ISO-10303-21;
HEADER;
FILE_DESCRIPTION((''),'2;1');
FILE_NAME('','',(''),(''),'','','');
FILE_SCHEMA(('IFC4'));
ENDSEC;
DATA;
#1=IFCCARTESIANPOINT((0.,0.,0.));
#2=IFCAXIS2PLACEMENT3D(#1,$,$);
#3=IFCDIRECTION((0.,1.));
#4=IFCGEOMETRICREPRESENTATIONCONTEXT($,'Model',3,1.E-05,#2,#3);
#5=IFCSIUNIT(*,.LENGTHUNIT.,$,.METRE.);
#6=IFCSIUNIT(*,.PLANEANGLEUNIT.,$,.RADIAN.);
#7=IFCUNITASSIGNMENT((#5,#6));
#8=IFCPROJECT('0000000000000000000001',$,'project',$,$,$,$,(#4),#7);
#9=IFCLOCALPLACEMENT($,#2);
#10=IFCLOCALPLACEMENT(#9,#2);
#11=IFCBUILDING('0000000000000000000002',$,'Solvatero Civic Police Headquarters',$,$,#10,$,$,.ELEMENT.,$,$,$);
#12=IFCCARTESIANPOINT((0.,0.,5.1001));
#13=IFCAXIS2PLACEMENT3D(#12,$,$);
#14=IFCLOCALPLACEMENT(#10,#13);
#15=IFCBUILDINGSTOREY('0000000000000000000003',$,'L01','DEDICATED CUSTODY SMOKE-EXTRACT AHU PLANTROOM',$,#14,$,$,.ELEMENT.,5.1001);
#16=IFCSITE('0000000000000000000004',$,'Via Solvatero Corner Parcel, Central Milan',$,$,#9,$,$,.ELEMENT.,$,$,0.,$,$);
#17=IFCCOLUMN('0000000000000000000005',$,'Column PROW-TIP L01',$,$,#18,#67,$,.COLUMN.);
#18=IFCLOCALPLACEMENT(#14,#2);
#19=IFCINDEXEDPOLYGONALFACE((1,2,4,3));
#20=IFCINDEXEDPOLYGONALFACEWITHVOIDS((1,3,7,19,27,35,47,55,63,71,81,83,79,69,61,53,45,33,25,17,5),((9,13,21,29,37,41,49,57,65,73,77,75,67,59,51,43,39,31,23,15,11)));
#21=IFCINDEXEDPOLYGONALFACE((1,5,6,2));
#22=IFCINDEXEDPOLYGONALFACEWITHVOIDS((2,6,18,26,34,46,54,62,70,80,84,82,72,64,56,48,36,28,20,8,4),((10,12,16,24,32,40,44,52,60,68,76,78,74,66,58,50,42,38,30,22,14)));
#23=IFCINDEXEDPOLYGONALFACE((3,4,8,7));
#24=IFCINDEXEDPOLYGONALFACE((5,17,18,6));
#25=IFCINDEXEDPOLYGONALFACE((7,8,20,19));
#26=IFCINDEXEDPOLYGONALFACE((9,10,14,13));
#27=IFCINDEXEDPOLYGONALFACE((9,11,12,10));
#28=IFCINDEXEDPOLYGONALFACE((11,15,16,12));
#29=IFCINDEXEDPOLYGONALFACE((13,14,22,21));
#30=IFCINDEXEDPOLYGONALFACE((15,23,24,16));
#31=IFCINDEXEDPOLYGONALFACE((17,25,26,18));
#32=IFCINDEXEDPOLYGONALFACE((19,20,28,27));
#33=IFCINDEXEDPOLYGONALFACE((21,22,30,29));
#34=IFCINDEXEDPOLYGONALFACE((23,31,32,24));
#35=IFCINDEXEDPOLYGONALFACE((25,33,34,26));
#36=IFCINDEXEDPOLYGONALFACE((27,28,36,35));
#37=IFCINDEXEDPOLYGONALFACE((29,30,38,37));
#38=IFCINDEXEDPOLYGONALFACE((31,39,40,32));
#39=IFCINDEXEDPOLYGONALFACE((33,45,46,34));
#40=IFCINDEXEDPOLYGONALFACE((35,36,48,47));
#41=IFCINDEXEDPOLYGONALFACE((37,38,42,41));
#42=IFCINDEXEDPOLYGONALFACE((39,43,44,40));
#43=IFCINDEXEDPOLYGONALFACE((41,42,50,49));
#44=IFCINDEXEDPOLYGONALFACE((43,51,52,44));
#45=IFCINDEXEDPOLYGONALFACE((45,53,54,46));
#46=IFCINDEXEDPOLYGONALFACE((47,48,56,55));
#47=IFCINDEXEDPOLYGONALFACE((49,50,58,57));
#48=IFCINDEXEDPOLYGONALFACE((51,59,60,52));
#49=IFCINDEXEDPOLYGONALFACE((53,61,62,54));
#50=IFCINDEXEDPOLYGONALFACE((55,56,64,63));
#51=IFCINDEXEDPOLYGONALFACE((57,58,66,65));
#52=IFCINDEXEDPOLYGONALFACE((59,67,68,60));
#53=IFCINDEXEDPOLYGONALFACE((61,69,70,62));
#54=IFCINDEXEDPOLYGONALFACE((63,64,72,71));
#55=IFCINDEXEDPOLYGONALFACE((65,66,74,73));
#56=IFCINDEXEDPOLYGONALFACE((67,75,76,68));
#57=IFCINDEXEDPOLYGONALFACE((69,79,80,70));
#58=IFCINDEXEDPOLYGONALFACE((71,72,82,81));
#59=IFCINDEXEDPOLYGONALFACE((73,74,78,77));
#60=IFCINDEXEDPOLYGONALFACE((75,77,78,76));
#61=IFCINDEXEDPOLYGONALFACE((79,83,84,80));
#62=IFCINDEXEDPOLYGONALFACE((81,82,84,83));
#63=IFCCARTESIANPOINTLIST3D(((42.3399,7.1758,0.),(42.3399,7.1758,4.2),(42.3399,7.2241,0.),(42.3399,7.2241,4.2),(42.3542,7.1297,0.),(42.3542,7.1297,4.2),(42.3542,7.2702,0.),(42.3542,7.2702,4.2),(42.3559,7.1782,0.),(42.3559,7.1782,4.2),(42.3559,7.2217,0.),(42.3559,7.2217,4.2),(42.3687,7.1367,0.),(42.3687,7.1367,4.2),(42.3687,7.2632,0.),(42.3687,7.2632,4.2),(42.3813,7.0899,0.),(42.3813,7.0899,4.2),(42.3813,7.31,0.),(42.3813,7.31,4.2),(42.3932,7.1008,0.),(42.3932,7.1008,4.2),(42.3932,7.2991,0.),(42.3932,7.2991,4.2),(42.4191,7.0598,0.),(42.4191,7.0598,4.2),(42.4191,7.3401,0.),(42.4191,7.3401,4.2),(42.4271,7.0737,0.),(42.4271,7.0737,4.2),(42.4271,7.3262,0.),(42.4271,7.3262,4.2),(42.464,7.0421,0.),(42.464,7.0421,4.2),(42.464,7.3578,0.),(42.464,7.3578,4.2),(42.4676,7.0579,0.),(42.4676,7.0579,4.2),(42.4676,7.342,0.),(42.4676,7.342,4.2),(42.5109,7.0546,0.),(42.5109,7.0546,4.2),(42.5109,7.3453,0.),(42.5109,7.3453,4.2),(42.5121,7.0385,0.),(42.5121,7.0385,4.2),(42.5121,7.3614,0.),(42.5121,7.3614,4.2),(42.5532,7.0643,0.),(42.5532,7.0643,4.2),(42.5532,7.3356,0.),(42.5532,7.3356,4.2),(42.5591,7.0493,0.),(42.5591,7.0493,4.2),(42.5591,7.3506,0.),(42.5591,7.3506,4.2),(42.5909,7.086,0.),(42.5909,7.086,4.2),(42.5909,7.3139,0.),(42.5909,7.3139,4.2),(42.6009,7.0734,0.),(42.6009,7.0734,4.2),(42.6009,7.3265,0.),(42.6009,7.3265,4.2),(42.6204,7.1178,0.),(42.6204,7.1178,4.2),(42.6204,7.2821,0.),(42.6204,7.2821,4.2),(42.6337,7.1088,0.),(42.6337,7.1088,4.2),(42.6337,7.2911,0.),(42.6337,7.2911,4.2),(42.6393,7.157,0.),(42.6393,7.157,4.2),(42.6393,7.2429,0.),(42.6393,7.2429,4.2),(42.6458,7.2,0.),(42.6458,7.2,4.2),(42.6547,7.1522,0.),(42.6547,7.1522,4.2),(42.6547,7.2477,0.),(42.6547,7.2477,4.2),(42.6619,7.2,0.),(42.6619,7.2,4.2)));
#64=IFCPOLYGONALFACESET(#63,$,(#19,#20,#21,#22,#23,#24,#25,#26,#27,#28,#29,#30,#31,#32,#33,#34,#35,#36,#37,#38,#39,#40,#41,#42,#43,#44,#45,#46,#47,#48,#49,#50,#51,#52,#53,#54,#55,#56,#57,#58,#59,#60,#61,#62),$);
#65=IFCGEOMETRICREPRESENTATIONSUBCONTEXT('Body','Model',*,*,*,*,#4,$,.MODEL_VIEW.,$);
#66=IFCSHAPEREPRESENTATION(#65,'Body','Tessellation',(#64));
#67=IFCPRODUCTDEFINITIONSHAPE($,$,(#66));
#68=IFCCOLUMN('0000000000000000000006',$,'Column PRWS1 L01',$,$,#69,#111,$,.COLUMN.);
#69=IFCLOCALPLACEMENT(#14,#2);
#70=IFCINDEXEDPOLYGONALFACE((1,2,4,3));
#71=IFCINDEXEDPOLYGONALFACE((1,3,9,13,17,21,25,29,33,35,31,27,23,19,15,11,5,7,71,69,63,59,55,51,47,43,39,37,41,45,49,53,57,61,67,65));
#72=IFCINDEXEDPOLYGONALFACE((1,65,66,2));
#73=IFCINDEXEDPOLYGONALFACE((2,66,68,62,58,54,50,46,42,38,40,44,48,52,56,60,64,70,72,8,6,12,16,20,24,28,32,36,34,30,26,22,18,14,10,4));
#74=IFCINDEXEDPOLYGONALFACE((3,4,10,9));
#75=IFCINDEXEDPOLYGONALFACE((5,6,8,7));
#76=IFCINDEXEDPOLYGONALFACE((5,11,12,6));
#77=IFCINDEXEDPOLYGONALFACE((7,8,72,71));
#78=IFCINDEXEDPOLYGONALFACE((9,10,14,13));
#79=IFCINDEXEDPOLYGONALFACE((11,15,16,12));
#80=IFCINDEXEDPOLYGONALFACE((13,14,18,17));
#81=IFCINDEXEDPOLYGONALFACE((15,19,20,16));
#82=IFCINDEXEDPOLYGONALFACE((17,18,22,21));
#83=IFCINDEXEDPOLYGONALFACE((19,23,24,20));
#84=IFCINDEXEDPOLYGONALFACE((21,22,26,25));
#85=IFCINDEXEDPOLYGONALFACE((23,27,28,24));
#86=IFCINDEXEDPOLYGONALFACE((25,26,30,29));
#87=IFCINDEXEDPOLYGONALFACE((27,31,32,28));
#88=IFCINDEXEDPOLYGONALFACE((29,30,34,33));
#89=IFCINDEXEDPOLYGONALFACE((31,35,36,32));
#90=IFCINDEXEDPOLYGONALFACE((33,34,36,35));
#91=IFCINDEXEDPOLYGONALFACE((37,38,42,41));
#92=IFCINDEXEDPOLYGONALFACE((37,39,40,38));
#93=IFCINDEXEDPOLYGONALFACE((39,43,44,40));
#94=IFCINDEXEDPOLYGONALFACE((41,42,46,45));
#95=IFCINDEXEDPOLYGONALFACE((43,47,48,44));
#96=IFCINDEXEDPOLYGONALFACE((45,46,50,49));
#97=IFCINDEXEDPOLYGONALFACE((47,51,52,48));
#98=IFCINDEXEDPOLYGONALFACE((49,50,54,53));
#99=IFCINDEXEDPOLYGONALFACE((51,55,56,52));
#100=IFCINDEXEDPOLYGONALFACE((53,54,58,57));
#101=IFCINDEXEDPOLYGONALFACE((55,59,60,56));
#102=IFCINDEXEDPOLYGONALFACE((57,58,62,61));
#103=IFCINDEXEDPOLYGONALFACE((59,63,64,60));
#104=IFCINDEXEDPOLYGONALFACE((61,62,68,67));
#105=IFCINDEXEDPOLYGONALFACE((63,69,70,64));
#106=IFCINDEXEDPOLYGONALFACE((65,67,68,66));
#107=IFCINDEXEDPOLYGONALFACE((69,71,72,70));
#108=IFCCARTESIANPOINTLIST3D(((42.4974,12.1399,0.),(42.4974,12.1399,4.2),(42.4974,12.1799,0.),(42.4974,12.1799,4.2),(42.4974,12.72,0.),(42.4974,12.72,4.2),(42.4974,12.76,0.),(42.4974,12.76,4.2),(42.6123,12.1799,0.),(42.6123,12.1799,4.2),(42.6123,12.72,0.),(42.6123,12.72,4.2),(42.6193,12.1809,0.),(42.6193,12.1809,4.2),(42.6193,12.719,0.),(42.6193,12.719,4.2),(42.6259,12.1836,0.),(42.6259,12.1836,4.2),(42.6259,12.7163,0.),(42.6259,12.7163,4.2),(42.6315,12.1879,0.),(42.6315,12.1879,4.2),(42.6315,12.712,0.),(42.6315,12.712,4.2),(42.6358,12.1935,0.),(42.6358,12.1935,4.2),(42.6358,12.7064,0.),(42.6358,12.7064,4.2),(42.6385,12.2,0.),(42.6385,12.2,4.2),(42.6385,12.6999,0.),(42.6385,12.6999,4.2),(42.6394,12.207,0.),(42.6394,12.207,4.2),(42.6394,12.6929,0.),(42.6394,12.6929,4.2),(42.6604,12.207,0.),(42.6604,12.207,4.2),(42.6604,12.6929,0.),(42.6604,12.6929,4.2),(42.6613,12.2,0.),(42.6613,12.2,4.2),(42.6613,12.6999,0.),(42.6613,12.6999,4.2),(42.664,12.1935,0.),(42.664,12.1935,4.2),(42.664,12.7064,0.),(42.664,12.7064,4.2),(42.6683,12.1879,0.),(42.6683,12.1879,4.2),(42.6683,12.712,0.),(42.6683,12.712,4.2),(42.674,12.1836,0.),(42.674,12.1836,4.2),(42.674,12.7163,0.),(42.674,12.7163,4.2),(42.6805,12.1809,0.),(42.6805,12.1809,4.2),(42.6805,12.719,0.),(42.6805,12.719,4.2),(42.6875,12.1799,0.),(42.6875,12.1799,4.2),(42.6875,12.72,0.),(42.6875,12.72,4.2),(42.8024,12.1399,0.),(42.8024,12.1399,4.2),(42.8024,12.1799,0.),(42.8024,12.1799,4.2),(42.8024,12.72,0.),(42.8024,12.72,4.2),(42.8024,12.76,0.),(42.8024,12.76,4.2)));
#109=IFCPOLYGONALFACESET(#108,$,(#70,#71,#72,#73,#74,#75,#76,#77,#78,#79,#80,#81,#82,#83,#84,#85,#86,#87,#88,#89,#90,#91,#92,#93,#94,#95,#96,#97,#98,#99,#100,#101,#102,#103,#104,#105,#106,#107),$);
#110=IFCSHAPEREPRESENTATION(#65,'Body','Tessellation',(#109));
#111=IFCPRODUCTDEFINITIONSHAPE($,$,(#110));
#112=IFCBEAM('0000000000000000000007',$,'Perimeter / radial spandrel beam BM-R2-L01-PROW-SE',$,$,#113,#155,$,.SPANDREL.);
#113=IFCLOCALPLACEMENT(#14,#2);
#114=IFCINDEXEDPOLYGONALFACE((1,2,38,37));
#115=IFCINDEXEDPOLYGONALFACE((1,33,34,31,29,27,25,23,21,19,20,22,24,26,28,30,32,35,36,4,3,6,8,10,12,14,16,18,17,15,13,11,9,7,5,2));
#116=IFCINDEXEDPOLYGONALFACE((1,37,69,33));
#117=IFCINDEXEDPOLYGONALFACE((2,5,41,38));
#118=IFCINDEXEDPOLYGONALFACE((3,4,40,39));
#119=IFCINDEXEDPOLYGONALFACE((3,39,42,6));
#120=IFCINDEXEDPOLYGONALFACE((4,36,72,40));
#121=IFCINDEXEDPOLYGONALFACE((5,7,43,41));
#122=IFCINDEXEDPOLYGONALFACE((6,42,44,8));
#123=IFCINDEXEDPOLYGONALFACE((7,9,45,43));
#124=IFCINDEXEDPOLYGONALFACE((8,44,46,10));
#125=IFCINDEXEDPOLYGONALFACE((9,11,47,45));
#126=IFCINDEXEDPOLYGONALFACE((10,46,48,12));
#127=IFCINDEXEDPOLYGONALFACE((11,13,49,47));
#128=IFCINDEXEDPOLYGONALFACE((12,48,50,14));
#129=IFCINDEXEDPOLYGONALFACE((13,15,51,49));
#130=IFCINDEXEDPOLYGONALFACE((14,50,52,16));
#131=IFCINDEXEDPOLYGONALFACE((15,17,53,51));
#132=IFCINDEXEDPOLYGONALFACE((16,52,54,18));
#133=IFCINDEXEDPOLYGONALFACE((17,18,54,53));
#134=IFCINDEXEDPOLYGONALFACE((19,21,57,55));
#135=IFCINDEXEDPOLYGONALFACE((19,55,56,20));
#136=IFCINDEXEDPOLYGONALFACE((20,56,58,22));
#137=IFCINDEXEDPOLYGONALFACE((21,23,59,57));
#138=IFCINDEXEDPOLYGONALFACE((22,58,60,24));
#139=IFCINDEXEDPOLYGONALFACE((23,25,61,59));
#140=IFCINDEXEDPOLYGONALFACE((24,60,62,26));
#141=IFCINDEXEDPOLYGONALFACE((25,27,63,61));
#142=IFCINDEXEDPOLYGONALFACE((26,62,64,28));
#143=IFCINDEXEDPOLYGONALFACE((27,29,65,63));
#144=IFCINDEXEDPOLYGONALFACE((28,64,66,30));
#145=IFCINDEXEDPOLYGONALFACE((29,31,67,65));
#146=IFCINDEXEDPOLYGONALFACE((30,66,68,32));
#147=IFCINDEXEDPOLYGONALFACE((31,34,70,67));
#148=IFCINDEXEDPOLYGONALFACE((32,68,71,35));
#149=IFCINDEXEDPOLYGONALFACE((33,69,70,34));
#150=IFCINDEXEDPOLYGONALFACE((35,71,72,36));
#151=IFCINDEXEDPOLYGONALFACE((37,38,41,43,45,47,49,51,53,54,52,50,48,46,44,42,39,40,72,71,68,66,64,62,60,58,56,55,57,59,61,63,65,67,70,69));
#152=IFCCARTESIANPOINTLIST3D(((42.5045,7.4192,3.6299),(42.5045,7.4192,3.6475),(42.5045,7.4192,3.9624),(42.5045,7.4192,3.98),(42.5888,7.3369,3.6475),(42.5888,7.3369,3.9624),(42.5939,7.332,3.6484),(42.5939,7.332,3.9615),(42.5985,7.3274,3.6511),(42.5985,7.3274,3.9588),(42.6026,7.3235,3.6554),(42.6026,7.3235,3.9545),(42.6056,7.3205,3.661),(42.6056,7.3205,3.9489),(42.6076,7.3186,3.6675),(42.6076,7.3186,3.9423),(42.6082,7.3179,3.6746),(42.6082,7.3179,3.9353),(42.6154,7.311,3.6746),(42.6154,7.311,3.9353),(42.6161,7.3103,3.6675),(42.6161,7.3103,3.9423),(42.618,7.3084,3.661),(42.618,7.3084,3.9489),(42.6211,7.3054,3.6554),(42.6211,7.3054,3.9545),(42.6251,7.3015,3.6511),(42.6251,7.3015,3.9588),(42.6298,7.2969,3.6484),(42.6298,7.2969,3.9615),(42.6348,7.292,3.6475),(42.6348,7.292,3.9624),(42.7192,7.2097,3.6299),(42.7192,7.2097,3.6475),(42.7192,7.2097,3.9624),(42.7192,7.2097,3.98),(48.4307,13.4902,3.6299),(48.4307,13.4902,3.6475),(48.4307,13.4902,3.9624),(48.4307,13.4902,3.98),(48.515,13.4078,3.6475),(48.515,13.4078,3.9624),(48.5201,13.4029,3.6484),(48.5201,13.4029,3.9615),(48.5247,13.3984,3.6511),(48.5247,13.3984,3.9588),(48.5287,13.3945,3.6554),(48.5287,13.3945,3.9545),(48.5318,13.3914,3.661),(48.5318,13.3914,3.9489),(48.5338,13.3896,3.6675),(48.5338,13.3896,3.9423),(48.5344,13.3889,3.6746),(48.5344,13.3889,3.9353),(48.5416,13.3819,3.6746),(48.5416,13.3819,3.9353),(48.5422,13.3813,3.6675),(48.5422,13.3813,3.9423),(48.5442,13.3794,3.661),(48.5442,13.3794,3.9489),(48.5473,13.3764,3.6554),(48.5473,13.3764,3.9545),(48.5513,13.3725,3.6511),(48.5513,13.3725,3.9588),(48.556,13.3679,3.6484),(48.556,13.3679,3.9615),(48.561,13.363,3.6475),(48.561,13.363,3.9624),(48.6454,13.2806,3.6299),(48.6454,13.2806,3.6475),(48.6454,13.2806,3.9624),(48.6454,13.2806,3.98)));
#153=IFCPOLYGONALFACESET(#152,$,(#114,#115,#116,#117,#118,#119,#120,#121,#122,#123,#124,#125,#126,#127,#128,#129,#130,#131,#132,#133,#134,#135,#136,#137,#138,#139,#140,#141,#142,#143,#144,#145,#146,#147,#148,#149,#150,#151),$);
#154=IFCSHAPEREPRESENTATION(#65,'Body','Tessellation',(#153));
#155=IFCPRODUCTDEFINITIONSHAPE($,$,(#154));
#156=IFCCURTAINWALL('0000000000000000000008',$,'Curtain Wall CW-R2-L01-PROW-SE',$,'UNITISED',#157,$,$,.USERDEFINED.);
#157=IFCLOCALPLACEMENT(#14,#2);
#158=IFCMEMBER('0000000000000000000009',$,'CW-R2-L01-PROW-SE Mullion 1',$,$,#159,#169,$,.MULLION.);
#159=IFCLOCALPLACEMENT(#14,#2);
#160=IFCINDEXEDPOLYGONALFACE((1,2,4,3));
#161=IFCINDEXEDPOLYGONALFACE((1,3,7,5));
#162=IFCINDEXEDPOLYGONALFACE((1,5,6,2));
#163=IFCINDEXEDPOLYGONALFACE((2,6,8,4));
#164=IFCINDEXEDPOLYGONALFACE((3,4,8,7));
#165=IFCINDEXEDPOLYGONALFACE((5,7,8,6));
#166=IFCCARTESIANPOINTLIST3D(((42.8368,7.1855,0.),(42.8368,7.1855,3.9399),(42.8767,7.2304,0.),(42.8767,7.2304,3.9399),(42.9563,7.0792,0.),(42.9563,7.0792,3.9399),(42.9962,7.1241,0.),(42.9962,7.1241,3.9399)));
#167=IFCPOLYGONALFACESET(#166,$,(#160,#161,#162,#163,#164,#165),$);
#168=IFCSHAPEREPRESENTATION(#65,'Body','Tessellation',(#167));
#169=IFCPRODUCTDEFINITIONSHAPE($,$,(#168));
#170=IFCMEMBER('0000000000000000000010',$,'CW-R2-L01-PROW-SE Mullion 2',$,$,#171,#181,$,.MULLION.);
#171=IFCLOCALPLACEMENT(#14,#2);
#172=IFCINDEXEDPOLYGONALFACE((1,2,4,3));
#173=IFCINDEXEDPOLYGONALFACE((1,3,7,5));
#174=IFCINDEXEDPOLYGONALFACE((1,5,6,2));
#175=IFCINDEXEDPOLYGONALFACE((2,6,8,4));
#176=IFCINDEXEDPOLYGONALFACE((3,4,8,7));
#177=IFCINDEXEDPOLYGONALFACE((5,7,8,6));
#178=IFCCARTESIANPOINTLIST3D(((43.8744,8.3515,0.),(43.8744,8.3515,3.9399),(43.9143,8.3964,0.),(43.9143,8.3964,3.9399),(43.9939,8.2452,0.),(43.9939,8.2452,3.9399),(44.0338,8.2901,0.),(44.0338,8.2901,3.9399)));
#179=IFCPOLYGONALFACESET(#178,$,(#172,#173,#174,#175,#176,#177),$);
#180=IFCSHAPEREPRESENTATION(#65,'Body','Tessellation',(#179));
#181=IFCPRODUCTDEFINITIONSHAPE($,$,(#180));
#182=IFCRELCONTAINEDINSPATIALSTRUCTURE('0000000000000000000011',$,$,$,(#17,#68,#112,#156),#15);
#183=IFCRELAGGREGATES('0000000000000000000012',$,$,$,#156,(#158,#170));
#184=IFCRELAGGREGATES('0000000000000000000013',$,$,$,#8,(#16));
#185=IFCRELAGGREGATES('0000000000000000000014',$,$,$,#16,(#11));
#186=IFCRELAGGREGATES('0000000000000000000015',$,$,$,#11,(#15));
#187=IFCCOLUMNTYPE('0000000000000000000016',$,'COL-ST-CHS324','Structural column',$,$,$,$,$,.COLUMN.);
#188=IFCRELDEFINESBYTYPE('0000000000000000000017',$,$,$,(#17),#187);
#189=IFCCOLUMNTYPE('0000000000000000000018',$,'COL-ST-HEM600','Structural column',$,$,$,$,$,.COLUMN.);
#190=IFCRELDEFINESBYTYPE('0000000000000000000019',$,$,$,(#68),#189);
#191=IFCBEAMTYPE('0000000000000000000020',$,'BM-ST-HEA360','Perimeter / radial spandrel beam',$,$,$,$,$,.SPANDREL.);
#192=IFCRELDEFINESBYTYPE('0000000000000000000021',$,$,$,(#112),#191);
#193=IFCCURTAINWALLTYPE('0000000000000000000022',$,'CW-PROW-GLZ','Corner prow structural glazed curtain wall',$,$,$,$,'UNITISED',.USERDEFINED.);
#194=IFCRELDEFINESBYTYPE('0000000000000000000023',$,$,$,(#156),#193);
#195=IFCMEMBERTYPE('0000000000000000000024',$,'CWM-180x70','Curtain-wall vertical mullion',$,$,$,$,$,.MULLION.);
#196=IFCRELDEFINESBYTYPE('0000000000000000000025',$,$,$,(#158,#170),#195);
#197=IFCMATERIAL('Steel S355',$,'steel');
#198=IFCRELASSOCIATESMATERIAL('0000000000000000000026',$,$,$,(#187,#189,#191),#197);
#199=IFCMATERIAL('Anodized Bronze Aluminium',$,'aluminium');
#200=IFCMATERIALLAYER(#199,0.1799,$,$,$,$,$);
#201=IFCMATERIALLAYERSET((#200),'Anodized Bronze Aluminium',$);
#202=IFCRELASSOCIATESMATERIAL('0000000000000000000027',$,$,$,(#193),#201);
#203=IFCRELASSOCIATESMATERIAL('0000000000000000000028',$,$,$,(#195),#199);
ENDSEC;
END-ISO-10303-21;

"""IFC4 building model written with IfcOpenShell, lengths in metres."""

from ifc_helpers import new_model, si_unit, direction, frame, origin, origin_2d, place, context, subcontext, project, spatial, rectangle, hollow_circle, i_section, extrude, material, layer, layer_set, material_profile, profile_set, type_object, element, aggregate, save


model = new_model("IFC4")

# Units and contexts
model_context = context("Model", 3, precision=1e-05, world=origin(), true_north=direction((0.0, 1.0)))
body_context = subcontext(model_context, "Body", "Model", "MODEL_VIEW")
ifc_project = project(units=[si_unit("LENGTHUNIT", "METRE"), si_unit("PLANEANGLEUNIT", "RADIAN")], contexts=[model_context])

# Site, building, storey
site_placement = place(None, origin())
site = spatial("IfcSite", under=ifc_project, at=site_placement, Name="Via Solvatero Corner Parcel, Central Milan", CompositionType="ELEMENT", RefElevation=0.0)
building_placement = place(site_placement, origin())
building = spatial("IfcBuilding", under=site, at=building_placement, Name="Solvatero Civic Police Headquarters", CompositionType="ELEMENT")
storey_placement = place(building_placement, frame((0.0, 0.0, 5.1001)))
storey = spatial("IfcBuildingStorey", under=building, at=storey_placement, Name="L01", Description="DEDICATED CUSTODY SMOKE-EXTRACT AHU PLANTROOM", CompositionType="ELEMENT", Elevation=5.1001)

# Columns
ifc_material_1 = material(Name="Steel S355", Category="steel")
ifc_material_profile_1 = material_profile(ifc_material_1, hollow_circle(Radius=0.1619, WallThickness=0.0161, at=origin_2d()), Name="CHS 323.9x16.0")
ifc_profile_set_1 = profile_set([ifc_material_profile_1], Name="Steel S355")
column_type_1 = type_object("IfcColumnType", Name="COL-ST-CHS324", Description="Structural column", PredefinedType="COLUMN", material=ifc_profile_set_1)
column_1_placement = place(storey_placement, frame((42.5, 7.2, 0.0), z_axis=(0.0, 0.0, 1.0), x_axis=(1.0, 0.0, 0.0)))
element("IfcColumn", 1, at=column_1_placement, inside=storey, type_object=column_type_1, Name="Column PROW-TIP L01", PredefinedType="COLUMN", context=body_context, shape_type="SweptSolid", body=[
    extrude(hollow_circle(Radius=0.1619, WallThickness=0.0161, at=origin_2d()), origin(), (0.0, 0.0, 1.0), 4.2),
])
ifc_material_profile_2 = material_profile(ifc_material_1, i_section(OverallWidth=0.3049, OverallDepth=0.6201, WebThickness=0.021, FlangeThickness=0.04, FilletRadius=0.0271, at=origin_2d()), Name="HEM 600")
ifc_profile_set_2 = profile_set([ifc_material_profile_2], Name="Steel S355")
column_type_2 = type_object("IfcColumnType", Name="COL-ST-HEM600", Description="Structural column", PredefinedType="COLUMN", material=ifc_profile_set_2)
column_2_placement = place(storey_placement, frame((42.6499, 12.45, 0.0), z_axis=(0.0, 0.0, 1.0), x_axis=(1.0, 0.0, 0.0)))
element("IfcColumn", 2, at=column_2_placement, inside=storey, type_object=column_type_2, Name="Column PRWS1 L01", PredefinedType="COLUMN", context=body_context, shape_type="SweptSolid", body=[
    extrude(i_section(OverallWidth=0.3049, OverallDepth=0.6201, WebThickness=0.021, FlangeThickness=0.04, FilletRadius=0.0271, at=origin_2d()), origin(), (0.0, 0.0, 1.0), 4.2),
])

# Beam
ifc_material_profile_3 = material_profile(ifc_material_1, i_section(OverallWidth=0.3, OverallDepth=0.3501, WebThickness=0.01, FlangeThickness=0.0176, FilletRadius=0.0271, at=origin_2d()), Name="HEA 360")
ifc_profile_set_3 = profile_set([ifc_material_profile_3], Name="Steel S355")
beam_type = type_object("IfcBeamType", Name="BM-ST-HEA360", Description="Perimeter / radial spandrel beam", PredefinedType="SPANDREL", material=ifc_profile_set_3)
beam_placement = place(storey_placement, frame((42.6118, 7.3145, 3.8049), z_axis=(0.698523, 0.715588, 0.0), x_axis=(-0.715588, 0.698523, 0.0)))
element("IfcBeam", 3, at=beam_placement, inside=storey, type_object=beam_type, Name="Perimeter / radial spandrel beam BM-R2-L01-PROW-SE", PredefinedType="SPANDREL", context=body_context, shape_type="SweptSolid", body=[
    extrude(i_section(OverallWidth=0.3, OverallDepth=0.3501, WebThickness=0.01, FlangeThickness=0.0176, FilletRadius=0.0271, at=origin_2d()), origin(), (0.0, 0.0, 1.0), 8.4839),
])

# Curtain wall, members
ifc_material_2 = material(Name="Anodized Bronze Aluminium", Category="aluminium")
ifc_layer_1 = layer(ifc_material_2, 0.1799)
ifc_layer_set_1 = layer_set([ifc_layer_1], Name="Anodized Bronze Aluminium")
curtain_wall_type = type_object("IfcCurtainWallType", Name="CW-PROW-GLZ", Description="Corner prow structural glazed curtain wall", ElementType="UNITISED", PredefinedType="USERDEFINED", material=ifc_layer_set_1)
curtain_wall_1_placement = place(storey_placement, origin())
curtain_wall_1 = element("IfcCurtainWall", 4, at=curtain_wall_1_placement, inside=storey, type_object=curtain_wall_type, Name="Curtain Wall CW-R2-L01-PROW-SE", ObjectType="UNITISED", PredefinedType="USERDEFINED")
ifc_material_profile_4 = material_profile(ifc_material_2, rectangle(XDim=0.0601, YDim=0.1599, at=origin_2d()), Name="ALU MULLION 60x160")
ifc_profile_set_4 = profile_set([ifc_material_profile_4], Name="Anodized Bronze Aluminium")
member_type_1 = type_object("IfcMemberType", Name="CWM-180x70", Description="Curtain-wall vertical mullion", PredefinedType="MULLION", material=ifc_profile_set_4)
member_1_placement = place(storey_placement, frame((42.9165, 7.1548, 0.0), z_axis=(0.0, 0.0, 1.0), x_axis=(0.664657, 0.747149, 0.0)))
member_1 = element("IfcMember", 5, at=member_1_placement, type_object=member_type_1, Name="CW-R2-L01-PROW-SE Mullion 1", PredefinedType="MULLION", context=body_context, shape_type="SweptSolid", body=[
    extrude(rectangle(XDim=0.0601, YDim=0.1599, at=origin_2d()), origin(), (0.0, 0.0, 1.0), 3.9399),
])
member_2_placement = place(storey_placement, frame((43.9541, 8.3208, 0.0), z_axis=(0.0, 0.0, 1.0), x_axis=(0.664657, 0.747149, 0.0)))
member_2 = element("IfcMember", 6, at=member_2_placement, type_object=member_type_1, Name="CW-R2-L01-PROW-SE Mullion 2", PredefinedType="MULLION", context=body_context, shape_type="SweptSolid", body=[
    extrude(rectangle(XDim=0.0601, YDim=0.1599, at=origin_2d()), origin(), (0.0, 0.0, 1.0), 3.9399),
])

aggregate(curtain_wall_1, [member_1, member_2])

save(model, "model.ifc")
